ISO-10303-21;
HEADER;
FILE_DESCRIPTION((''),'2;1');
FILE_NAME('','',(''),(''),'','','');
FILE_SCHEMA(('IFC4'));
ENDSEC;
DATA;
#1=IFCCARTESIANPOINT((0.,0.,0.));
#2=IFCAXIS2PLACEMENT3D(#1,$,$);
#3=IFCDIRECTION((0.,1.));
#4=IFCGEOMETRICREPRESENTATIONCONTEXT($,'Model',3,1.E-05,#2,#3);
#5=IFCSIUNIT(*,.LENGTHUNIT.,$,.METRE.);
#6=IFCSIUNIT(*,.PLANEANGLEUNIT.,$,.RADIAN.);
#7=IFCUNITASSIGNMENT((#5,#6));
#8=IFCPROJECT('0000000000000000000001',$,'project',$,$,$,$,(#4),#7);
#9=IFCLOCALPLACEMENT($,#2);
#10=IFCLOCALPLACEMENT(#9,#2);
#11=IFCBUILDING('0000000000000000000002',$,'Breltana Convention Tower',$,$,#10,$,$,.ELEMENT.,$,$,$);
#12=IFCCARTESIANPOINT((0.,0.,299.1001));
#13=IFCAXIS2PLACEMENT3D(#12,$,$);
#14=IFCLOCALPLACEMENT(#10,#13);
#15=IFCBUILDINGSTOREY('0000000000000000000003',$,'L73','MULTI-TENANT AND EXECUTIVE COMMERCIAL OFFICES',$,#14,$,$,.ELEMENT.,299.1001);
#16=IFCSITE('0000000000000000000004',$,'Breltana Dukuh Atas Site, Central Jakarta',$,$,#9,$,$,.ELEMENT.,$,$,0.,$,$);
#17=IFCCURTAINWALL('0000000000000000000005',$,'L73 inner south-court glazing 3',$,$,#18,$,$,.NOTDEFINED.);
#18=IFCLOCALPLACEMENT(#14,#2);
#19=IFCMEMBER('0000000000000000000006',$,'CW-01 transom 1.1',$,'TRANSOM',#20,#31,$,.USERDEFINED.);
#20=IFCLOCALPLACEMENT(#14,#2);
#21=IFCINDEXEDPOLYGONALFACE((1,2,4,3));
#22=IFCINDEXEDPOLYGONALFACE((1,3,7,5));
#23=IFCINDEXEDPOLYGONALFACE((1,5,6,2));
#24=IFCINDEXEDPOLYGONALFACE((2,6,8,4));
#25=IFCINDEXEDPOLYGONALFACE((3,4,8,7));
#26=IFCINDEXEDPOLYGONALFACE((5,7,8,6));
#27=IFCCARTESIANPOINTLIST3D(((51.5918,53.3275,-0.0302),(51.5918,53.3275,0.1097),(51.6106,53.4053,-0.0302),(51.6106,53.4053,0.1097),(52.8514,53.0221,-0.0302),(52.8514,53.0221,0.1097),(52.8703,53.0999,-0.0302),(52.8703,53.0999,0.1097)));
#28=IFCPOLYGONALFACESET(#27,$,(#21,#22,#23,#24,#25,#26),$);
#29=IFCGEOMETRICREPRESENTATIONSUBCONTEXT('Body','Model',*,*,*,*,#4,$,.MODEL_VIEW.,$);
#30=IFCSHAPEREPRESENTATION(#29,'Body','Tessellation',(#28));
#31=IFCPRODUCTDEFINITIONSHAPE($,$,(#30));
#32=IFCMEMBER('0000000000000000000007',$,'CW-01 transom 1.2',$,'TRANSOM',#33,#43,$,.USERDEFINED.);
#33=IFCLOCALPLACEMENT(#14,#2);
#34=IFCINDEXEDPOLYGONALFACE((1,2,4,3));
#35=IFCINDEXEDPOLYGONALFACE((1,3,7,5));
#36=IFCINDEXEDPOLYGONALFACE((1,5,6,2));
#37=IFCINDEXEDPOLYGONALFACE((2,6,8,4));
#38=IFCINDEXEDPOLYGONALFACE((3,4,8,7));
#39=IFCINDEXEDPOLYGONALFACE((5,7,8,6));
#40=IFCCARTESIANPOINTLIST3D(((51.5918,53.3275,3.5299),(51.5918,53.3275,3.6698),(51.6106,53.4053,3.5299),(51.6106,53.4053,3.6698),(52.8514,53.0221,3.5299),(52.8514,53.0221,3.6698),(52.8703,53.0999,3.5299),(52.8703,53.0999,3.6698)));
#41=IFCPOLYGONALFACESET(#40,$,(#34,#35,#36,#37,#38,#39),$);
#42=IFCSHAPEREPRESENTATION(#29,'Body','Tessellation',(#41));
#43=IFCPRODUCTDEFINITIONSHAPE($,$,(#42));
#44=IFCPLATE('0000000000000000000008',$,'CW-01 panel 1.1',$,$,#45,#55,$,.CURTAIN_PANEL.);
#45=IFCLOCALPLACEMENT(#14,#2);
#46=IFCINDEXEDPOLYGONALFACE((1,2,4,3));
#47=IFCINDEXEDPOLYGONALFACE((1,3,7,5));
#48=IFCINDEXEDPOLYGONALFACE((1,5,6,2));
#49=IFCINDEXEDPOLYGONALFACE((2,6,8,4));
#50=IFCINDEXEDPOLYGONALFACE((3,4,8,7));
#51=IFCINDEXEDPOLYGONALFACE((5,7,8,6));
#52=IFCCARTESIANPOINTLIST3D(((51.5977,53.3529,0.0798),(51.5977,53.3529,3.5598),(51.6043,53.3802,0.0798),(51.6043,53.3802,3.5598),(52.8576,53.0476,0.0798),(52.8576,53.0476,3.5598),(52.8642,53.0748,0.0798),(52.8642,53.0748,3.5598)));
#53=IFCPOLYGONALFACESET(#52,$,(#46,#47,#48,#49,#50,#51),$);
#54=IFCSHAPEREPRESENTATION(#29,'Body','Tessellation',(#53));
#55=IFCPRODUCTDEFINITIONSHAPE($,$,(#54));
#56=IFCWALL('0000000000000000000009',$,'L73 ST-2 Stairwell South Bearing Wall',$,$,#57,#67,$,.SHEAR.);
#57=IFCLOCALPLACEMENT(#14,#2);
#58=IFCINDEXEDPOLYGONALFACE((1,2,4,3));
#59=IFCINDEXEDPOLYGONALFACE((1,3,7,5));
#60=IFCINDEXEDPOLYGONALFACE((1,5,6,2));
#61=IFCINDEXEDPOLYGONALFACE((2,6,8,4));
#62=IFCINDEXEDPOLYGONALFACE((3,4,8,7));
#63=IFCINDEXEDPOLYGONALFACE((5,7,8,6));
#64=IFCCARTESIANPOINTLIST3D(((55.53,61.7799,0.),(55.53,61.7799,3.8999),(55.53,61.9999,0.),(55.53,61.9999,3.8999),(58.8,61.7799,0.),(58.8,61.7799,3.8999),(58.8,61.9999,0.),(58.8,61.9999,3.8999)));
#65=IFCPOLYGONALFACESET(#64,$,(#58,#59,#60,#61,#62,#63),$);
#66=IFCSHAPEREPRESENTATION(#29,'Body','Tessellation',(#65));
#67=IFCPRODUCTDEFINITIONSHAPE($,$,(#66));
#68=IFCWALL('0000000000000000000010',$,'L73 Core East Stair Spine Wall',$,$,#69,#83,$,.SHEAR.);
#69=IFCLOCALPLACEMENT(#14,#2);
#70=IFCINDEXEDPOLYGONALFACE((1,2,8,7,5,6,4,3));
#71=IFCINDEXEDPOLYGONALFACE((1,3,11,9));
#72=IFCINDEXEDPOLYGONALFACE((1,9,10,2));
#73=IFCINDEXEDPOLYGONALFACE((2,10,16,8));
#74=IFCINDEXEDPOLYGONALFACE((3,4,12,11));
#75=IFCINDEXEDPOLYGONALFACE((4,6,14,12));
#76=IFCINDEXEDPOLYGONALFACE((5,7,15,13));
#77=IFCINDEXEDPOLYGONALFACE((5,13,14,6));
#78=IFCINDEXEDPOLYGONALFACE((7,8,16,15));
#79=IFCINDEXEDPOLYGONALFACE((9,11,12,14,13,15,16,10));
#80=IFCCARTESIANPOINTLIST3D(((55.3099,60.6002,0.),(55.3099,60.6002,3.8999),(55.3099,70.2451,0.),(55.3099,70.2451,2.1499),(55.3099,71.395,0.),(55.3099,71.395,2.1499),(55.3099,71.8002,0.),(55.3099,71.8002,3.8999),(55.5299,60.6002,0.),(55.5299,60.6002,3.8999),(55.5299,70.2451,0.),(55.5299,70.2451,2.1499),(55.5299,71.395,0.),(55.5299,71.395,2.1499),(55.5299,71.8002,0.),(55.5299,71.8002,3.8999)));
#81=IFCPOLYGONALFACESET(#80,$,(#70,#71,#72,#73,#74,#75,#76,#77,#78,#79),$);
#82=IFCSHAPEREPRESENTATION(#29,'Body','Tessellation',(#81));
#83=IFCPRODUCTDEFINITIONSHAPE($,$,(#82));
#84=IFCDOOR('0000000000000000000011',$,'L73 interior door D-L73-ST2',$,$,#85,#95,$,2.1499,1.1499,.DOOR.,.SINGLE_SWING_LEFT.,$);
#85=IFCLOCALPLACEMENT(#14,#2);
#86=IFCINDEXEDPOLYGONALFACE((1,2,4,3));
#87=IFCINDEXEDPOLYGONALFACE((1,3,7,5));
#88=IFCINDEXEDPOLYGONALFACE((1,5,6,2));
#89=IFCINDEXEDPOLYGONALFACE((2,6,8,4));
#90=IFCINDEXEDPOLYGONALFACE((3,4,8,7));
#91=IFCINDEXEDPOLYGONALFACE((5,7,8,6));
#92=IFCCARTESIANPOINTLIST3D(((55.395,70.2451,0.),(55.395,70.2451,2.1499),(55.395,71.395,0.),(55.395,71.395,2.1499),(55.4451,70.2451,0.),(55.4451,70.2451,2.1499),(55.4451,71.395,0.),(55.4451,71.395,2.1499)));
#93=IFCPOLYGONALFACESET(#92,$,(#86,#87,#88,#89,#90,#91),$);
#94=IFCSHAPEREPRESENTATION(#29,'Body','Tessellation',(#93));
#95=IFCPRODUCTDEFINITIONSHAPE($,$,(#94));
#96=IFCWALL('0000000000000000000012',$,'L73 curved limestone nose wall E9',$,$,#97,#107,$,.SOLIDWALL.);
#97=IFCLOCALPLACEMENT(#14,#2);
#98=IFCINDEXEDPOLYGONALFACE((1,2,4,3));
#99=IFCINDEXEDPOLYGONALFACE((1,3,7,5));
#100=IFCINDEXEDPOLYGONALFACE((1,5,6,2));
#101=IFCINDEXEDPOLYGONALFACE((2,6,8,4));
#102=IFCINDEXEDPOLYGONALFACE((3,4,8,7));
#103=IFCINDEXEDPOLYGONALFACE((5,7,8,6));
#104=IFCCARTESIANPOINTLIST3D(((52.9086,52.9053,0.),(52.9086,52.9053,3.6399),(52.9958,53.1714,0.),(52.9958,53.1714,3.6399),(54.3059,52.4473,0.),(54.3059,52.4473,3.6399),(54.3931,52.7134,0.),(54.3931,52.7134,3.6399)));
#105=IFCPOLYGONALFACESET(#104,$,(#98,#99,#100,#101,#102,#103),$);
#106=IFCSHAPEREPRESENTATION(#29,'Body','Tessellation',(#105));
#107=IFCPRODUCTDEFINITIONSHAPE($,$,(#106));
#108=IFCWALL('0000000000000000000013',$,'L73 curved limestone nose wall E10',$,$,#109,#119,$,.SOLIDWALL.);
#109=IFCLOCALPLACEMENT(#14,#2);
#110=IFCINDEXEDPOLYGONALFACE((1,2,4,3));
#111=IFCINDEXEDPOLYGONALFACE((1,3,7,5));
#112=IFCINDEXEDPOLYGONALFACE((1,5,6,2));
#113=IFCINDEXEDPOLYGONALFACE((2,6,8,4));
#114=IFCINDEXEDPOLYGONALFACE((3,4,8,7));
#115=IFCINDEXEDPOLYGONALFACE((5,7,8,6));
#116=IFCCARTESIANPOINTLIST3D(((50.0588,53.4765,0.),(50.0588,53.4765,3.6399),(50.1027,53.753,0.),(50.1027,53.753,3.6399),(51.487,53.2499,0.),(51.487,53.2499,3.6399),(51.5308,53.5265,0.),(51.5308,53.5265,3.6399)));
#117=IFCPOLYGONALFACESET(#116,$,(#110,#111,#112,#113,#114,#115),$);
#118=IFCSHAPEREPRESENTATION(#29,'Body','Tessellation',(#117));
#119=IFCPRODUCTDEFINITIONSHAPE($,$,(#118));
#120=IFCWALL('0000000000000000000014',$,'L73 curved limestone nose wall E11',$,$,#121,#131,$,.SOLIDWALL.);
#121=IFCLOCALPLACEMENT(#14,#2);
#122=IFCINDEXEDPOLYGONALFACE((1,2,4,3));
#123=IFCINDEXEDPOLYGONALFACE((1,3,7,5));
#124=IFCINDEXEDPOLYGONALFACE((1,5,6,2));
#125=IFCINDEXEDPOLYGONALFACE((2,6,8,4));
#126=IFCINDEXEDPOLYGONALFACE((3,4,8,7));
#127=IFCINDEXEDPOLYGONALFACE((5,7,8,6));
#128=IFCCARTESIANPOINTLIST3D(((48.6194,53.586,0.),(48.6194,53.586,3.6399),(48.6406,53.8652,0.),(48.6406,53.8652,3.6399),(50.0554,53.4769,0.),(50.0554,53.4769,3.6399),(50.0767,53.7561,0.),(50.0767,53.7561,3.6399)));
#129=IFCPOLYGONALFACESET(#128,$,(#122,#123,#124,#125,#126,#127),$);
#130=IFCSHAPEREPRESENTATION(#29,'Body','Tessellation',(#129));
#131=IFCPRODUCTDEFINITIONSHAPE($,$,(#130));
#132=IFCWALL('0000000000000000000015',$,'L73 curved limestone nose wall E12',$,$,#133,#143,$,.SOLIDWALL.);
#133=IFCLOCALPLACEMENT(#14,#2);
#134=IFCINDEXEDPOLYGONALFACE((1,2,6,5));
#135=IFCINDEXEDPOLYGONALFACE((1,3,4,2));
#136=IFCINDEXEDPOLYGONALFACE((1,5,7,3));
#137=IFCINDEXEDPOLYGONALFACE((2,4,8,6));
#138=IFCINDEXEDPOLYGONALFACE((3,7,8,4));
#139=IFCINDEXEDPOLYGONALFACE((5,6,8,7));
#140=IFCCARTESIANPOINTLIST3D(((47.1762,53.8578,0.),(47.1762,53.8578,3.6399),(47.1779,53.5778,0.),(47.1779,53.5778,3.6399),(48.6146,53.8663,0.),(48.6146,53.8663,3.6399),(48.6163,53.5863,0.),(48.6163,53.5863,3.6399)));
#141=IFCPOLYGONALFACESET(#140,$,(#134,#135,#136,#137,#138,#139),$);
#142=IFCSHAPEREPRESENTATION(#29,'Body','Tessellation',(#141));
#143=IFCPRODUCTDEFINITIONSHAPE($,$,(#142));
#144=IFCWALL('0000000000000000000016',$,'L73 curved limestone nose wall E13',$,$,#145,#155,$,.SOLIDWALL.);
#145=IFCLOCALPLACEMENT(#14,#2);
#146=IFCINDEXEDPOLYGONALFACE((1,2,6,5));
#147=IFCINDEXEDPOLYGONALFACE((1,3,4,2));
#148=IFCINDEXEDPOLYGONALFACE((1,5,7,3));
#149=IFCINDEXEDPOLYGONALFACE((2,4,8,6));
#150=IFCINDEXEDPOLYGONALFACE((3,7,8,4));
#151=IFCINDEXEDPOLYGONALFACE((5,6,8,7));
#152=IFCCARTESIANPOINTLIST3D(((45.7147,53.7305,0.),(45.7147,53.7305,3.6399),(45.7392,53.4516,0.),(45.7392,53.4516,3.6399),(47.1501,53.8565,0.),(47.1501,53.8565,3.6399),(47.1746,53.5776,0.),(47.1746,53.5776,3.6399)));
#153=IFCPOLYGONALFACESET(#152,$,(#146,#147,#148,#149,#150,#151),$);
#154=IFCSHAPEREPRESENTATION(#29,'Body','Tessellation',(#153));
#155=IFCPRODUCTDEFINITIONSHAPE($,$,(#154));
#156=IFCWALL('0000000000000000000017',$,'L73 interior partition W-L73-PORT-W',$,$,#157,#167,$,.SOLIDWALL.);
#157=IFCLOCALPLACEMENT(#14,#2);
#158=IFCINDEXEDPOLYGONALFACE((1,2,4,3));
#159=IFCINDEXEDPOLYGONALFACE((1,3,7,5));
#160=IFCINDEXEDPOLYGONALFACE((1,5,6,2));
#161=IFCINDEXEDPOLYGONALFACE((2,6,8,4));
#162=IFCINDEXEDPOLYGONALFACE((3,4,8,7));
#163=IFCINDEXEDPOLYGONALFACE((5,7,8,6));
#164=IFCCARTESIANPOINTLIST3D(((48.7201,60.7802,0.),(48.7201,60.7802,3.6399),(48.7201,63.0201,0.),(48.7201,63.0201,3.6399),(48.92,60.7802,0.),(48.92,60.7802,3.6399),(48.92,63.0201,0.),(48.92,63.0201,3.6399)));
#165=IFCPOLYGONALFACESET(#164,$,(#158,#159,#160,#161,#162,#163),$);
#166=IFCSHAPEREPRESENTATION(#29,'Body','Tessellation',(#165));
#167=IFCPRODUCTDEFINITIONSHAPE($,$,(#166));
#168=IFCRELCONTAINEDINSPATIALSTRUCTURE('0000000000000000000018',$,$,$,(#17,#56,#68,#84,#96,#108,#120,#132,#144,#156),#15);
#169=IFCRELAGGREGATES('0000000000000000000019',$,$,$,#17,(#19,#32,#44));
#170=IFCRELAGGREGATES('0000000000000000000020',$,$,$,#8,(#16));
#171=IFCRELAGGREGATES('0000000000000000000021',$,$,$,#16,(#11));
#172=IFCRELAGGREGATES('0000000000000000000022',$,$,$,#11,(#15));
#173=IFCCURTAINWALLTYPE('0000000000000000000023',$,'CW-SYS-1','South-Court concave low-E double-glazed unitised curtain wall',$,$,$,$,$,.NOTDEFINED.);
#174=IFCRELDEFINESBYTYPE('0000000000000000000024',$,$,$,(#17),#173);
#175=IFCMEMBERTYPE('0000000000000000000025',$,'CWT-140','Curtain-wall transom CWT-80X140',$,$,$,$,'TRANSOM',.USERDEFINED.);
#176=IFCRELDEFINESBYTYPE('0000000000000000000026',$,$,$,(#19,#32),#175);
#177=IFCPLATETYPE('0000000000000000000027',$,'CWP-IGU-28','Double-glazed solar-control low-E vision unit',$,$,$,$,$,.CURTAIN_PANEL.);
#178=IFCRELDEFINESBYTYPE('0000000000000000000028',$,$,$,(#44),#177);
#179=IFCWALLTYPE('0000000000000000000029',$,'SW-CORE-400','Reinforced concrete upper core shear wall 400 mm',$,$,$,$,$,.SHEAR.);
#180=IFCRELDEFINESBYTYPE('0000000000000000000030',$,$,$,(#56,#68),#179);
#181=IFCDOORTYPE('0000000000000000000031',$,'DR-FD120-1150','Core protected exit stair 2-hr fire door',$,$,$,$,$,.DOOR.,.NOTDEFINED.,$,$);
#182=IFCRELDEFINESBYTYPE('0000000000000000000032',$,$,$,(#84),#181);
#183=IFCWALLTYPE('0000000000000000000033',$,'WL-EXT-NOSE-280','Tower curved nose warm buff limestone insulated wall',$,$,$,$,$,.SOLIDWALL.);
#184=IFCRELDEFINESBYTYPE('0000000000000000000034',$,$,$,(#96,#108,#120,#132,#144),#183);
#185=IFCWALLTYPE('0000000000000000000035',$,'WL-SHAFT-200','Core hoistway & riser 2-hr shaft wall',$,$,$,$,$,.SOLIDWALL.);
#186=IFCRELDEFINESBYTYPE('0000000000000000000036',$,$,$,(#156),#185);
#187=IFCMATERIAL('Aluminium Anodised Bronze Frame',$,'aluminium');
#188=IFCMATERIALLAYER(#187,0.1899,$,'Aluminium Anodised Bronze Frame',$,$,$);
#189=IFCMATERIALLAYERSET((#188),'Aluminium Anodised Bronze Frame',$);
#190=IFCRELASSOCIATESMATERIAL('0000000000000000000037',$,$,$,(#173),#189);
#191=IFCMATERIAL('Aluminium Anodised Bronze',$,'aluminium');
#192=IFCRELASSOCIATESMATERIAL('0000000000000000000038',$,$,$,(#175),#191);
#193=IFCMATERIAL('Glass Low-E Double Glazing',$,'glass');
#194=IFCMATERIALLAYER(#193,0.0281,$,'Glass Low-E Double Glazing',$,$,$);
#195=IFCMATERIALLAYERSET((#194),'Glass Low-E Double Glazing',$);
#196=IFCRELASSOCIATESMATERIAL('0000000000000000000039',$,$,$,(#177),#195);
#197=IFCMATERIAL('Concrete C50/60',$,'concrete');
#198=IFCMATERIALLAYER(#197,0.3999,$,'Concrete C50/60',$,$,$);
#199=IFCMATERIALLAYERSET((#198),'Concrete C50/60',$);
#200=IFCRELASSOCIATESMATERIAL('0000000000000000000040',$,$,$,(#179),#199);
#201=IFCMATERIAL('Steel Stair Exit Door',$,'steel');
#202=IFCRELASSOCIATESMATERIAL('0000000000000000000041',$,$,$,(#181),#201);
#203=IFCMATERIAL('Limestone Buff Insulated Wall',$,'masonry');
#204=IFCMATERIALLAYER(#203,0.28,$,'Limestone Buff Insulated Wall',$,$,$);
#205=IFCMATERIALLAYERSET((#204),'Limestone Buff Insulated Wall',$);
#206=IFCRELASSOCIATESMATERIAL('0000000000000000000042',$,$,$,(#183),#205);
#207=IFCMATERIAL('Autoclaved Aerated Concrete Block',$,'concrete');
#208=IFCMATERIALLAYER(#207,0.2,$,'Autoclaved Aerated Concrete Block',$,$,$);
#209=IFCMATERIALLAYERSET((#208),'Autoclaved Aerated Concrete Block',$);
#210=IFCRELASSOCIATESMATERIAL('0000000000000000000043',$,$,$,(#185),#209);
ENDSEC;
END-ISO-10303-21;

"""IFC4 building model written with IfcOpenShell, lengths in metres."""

from ifc_helpers import new_model, si_unit, direction, frame, frame_2d, origin, origin_2d, place, context, subcontext, project, spatial, rectangle, extrude, source, transform, mapped, material, layer, layer_set, material_profile, profile_set, type_object, type_shapes, element, fill, aggregate, save


model = new_model("IFC4")

# Units and contexts
model_context = context("Model", 3, precision=1e-05, world=origin(), true_north=direction((0.0, 1.0)))
body_context = subcontext(model_context, "Body", "Model", "MODEL_VIEW")
ifc_project = project(units=[si_unit("LENGTHUNIT", "METRE"), si_unit("PLANEANGLEUNIT", "RADIAN")], contexts=[model_context])

# Site, building, storey
site_placement = place(None, origin())
site = spatial("IfcSite", under=ifc_project, at=site_placement, Name="Breltana Dukuh Atas Site, Central Jakarta", CompositionType="ELEMENT", RefElevation=0.0)
building_placement = place(site_placement, origin())
building = spatial("IfcBuilding", under=site, at=building_placement, Name="Breltana Convention Tower", CompositionType="ELEMENT")
storey_placement = place(building_placement, frame((0.0, 0.0, 299.1001)))
storey = spatial("IfcBuildingStorey", under=building, at=storey_placement, Name="L73", Description="MULTI-TENANT AND EXECUTIVE COMMERCIAL OFFICES", CompositionType="ELEMENT", Elevation=299.1001)

# Curtain wall
ifc_material_1 = material(Name="Aluminium Anodised Bronze Frame", Category="aluminium")
ifc_layer_1 = layer(ifc_material_1, 0.1899, Name="Aluminium Anodised Bronze Frame")
ifc_layer_set_1 = layer_set([ifc_layer_1], Name="Aluminium Anodised Bronze Frame")
curtain_wall_type = type_object("IfcCurtainWallType", Name="CW-SYS-1", Description="South-Court concave low-E double-glazed unitised curtain wall", PredefinedType="NOTDEFINED", material=ifc_layer_set_1)
curtain_wall_1_placement = place(storey_placement, origin())
curtain_wall_1 = element("IfcCurtainWall", 1, at=curtain_wall_1_placement, inside=storey, type_object=curtain_wall_type, Name="L73 inner south-court glazing 3", PredefinedType="NOTDEFINED")
ifc_material_2 = material(Name="Aluminium Anodised Bronze", Category="aluminium")

# Members
ifc_material_profile_1 = material_profile(ifc_material_2, rectangle(XDim=0.0801, YDim=0.1399, at=origin_2d()), Name="CWT-80X140")
ifc_profile_set_1 = profile_set([ifc_material_profile_1], Name="Aluminium Anodised Bronze")
member_type_1 = type_object("IfcMemberType", Name="CWT-140", Description="Curtain-wall transom CWT-80X140", ElementType="TRANSOM", PredefinedType="USERDEFINED", material=ifc_profile_set_1)
shared_shape_1 = source(origin(), body_context, "Body", "SweptSolid", [
    extrude(rectangle(XDim=0.0801, YDim=0.1399, at=origin_2d()), origin(), (0.0, 0.0, 1.0), 1.2961),
])
member_1_placement = place(storey_placement, frame((52.8608, 53.061, 0.0398), z_axis=(-0.971846, 0.235616, 0.0), x_axis=(-0.235616, -0.971846, 0.0)))
member_1 = element("IfcMember", 2, at=member_1_placement, type_object=member_type_1, Name="CW-01 transom 1.1", ObjectType="TRANSOM", PredefinedType="USERDEFINED", context=body_context, shape_type="MappedRepresentation", body=[
    mapped(shared_shape_1, transform((0.0, 0.0, 0.0), scale=1.0)),
])
member_2_placement = place(storey_placement, frame((52.8608, 53.061, 3.5999), z_axis=(-0.971846, 0.235616, 0.0), x_axis=(-0.235616, -0.971846, 0.0)))
member_2 = element("IfcMember", 3, at=member_2_placement, type_object=member_type_1, Name="CW-01 transom 1.2", ObjectType="TRANSOM", PredefinedType="USERDEFINED", context=body_context, shape_type="MappedRepresentation", body=[
    mapped(shared_shape_1, transform((0.0, 0.0, 0.0), scale=1.0)),
])

# Plate
ifc_material_3 = material(Name="Glass Low-E Double Glazing", Category="glass")
ifc_layer_2 = layer(ifc_material_3, 0.0281, Name="Glass Low-E Double Glazing")
ifc_layer_set_2 = layer_set([ifc_layer_2], Name="Glass Low-E Double Glazing")
plate_type = type_object("IfcPlateType", Name="CWP-IGU-28", Description="Double-glazed solar-control low-E vision unit", PredefinedType="CURTAIN_PANEL", material=ifc_layer_set_2)
shared_shape_2 = source(origin(), body_context, "Body", "SweptSolid", [
    extrude(rectangle(XDim=1.2964, YDim=0.0281, at=origin_2d()), origin(), (0.0, 0.0, 1.0), 3.48),
])
plate_placement = place(storey_placement, frame((52.231, 53.2139, 0.0798), z_axis=(0.0, 0.0, 1.0), x_axis=(-0.97187, 0.235517, 0.0)))
plate = element("IfcPlate", 4, at=plate_placement, type_object=plate_type, Name="CW-01 panel 1.1", PredefinedType="CURTAIN_PANEL", context=body_context, shape_type="MappedRepresentation", body=[
    mapped(shared_shape_2, transform((0.0, 0.0, 0.0), scale=1.0)),
])
aggregate(curtain_wall_1, [member_1, member_2, plate])

# Wall
ifc_material_4 = material(Name="Concrete C50/60", Category="concrete")
ifc_layer_3 = layer(ifc_material_4, 0.3999, Name="Concrete C50/60")
ifc_layer_set_3 = layer_set([ifc_layer_3], Name="Concrete C50/60")
wall_type_1 = type_object("IfcWallType", Name="SW-CORE-400", Description="Reinforced concrete upper core shear wall 400 mm", PredefinedType="SHEAR", material=ifc_layer_set_3)
shared_shape_3 = source(origin(), body_context, "Body", "SweptSolid", [
    extrude(rectangle(XDim=3.27, YDim=0.22, at=frame_2d((1.635, 0.0))), origin(), (0.0, 0.0, 1.0), 3.8999),
])
wall_1_placement = place(storey_placement, frame((55.53, 61.8899, 0.0), z_axis=(0.0, 0.0, 1.0), x_axis=(1.0, 0.0, 0.0)))
element("IfcWall", 5, at=wall_1_placement, inside=storey, type_object=wall_type_1, Name="L73 ST-2 Stairwell South Bearing Wall", PredefinedType="SHEAR", context=body_context, shape_type="MappedRepresentation", body=[
    mapped(shared_shape_3, transform((0.0, 0.0, 0.0), scale=1.0)),
])

# Wall, opening, door
shared_shape_4 = source(origin(), body_context, "Body", "SweptSolid", [
    extrude(rectangle(XDim=11.2, YDim=0.22, at=frame_2d((5.6001, 0.0))), origin(), (0.0, 0.0, 1.0), 3.8999),
])
wall_2_placement = place(storey_placement, frame((55.4199, 60.6001, 0.0), z_axis=(0.0, 0.0, 1.0), x_axis=(0.0, 1.0, 0.0)))
wall_2 = element("IfcWall", 6, at=wall_2_placement, inside=storey, type_object=wall_type_1, Name="L73 Core East Stair Spine Wall", PredefinedType="SHEAR", context=body_context, shape_type="MappedRepresentation", body=[
    mapped(shared_shape_4, transform((0.0, 0.0, 0.0), scale=1.0)),
])
opening_1_placement = place(wall_2_placement, frame((9.645, 0.0, 0.0)))
opening_1 = element("IfcOpeningElement", 7, at=opening_1_placement, cuts=wall_2, PredefinedType="OPENING", context=body_context, shape_type="SweptSolid", body=[
    extrude(rectangle(XDim=1.1499, YDim=2.1499, at=frame_2d((0.575, 1.075))), frame((0.0, 0.1201, 0.0), z_axis=(0.0, -1.0, 0.0), x_axis=(1.0, 0.0, 0.0)), (0.0, 0.0, 1.0), 0.24),
])
ifc_material_5 = material(Name="Steel Stair Exit Door", Category="steel")
door_type_1 = type_object("IfcDoorType", Name="DR-FD120-1150", Description="Core protected exit stair 2-hr fire door", OperationType="NOTDEFINED", PredefinedType="DOOR", material=ifc_material_5)
shared_shape_5 = source(origin(), body_context, "Body", "SweptSolid", [
    extrude(rectangle(XDim=1.1499, YDim=2.1499, at=frame_2d((0.575, 1.075))), frame((0.0, 0.0249, 0.0), z_axis=(0.0, -1.0, 0.0), x_axis=(1.0, 0.0, 0.0)), (0.0, 0.0, 1.0), 0.05),
])
type_shapes(door_type_1, [shared_shape_5])
door_1_placement = place(opening_1_placement, origin())
door_1 = element("IfcDoor", 8, at=door_1_placement, inside=storey, type_object=door_type_1, Name="L73 interior door D-L73-ST2", OperationType="SINGLE_SWING_LEFT", OverallHeight=2.1499, OverallWidth=1.1499, PredefinedType="DOOR", context=body_context, shape_type="MappedRepresentation", body=[
    mapped(shared_shape_5, transform((0.0, 0.0, 0.0), scale=1.0)),
])
fill(opening_1, door_1)

# Walls
ifc_material_6 = material(Name="Limestone Buff Insulated Wall", Category="masonry")
ifc_layer_4 = layer(ifc_material_6, 0.28, Name="Limestone Buff Insulated Wall")
ifc_layer_set_4 = layer_set([ifc_layer_4], Name="Limestone Buff Insulated Wall")
wall_type_2 = type_object("IfcWallType", Name="WL-EXT-NOSE-280", Description="Tower curved nose warm buff limestone insulated wall", PredefinedType="SOLIDWALL", material=ifc_layer_set_4)
shared_shape_6 = source(origin(), body_context, "Body", "SweptSolid", [
    extrude(rectangle(XDim=1.4705, YDim=0.28, at=frame_2d((0.7354, 0.0))), origin(), (0.0, 0.0, 1.0), 3.6399),
])
wall_3_placement = place(storey_placement, frame((54.3496, 52.5803, 0.0), z_axis=(0.0, 0.0, 1.0), x_axis=(-0.950249, 0.311492, 0.0)))
element("IfcWall", 9, at=wall_3_placement, inside=storey, type_object=wall_type_2, Name="L73 curved limestone nose wall E9", PredefinedType="SOLIDWALL", context=body_context, shape_type="MappedRepresentation", body=[
    mapped(shared_shape_6, transform((0.0, 0.0, 0.0), scale=1.0)),
])
shared_shape_7 = source(origin(), body_context, "Body", "SweptSolid", [
    extrude(rectangle(XDim=1.446, YDim=0.28, at=frame_2d((0.7231, 0.0))), origin(), (0.0, 0.0, 1.0), 3.6399),
])
wall_4_placement = place(storey_placement, frame((51.509, 53.3882, 0.0), z_axis=(0.0, 0.0, 1.0), x_axis=(-0.98765, 0.156673, 0.0)))
element("IfcWall", 10, at=wall_4_placement, inside=storey, type_object=wall_type_2, Name="L73 curved limestone nose wall E10", PredefinedType="SOLIDWALL", context=body_context, shape_type="MappedRepresentation", body=[
    mapped(shared_shape_7, transform((0.0, 0.0, 0.0), scale=1.0)),
])
shared_shape_8 = source(origin(), body_context, "Body", "SweptSolid", [
    extrude(rectangle(XDim=1.4402, YDim=0.28, at=frame_2d((0.7202, 0.0))), origin(), (0.0, 0.0, 1.0), 3.6399),
])
wall_5_placement = place(storey_placement, frame((50.0662, 53.6165, 0.0), z_axis=(0.0, 0.0, 1.0), x_axis=(-0.997125, 0.075776, 0.0)))
element("IfcWall", 11, at=wall_5_placement, inside=storey, type_object=wall_type_2, Name="L73 curved limestone nose wall E11", PredefinedType="SOLIDWALL", context=body_context, shape_type="MappedRepresentation", body=[
    mapped(shared_shape_8, transform((0.0, 0.0, 0.0), scale=1.0)),
])
shared_shape_9 = source(origin(), body_context, "Body", "SweptSolid", [
    extrude(rectangle(XDim=1.4385, YDim=0.28, at=frame_2d((0.7192, 0.0))), origin(), (0.0, 0.0, 1.0), 3.6399),
])
wall_6_placement = place(storey_placement, frame((48.6155, 53.7263, 0.0), z_axis=(0.0, 0.0, 1.0), x_axis=(-0.999982, -0.00594, 0.0)))
element("IfcWall", 12, at=wall_6_placement, inside=storey, type_object=wall_type_2, Name="L73 curved limestone nose wall E12", PredefinedType="SOLIDWALL", context=body_context, shape_type="MappedRepresentation", body=[
    mapped(shared_shape_9, transform((0.0, 0.0, 0.0), scale=1.0)),
])
shared_shape_10 = source(origin(), body_context, "Body", "SweptSolid", [
    extrude(rectangle(XDim=1.4409, YDim=0.28, at=frame_2d((0.7205, 0.0))), origin(), (0.0, 0.0, 1.0), 3.6399),
])
wall_7_placement = place(storey_placement, frame((47.1624, 53.717, 0.0), z_axis=(0.0, 0.0, 1.0), x_axis=(-0.99617, -0.087434, 0.0)))
element("IfcWall", 13, at=wall_7_placement, inside=storey, type_object=wall_type_2, Name="L73 curved limestone nose wall E13", PredefinedType="SOLIDWALL", context=body_context, shape_type="MappedRepresentation", body=[
    mapped(shared_shape_10, transform((0.0, 0.0, 0.0), scale=1.0)),
])
ifc_material_7 = material(Name="Autoclaved Aerated Concrete Block", Category="concrete")
ifc_layer_5 = layer(ifc_material_7, 0.2, Name="Autoclaved Aerated Concrete Block")
ifc_layer_set_5 = layer_set([ifc_layer_5], Name="Autoclaved Aerated Concrete Block")
wall_type_3 = type_object("IfcWallType", Name="WL-SHAFT-200", Description="Core hoistway & riser 2-hr shaft wall", PredefinedType="SOLIDWALL", material=ifc_layer_set_5)
shared_shape_11 = source(origin(), body_context, "Body", "SweptSolid", [
    extrude(rectangle(XDim=2.24, YDim=0.2, at=frame_2d((1.1201, 0.0))), origin(), (0.0, 0.0, 1.0), 3.6399),
])
for number, where, z_axis, x_axis, name in (
    (14, (48.8201, 60.78, 0.0), (0.0, 0.0, 1.0), (0.0, 1.0, 0.0), "L73 interior partition W-L73-PORT-W"),
):
    element("IfcWall", number, at=place(storey_placement, frame(where, z_axis=z_axis, x_axis=x_axis)), inside=storey, type_object=wall_type_3, Name=name, PredefinedType="SOLIDWALL", context=body_context, shape_type="MappedRepresentation", body=[
        mapped(shared_shape_11, transform((0.0, 0.0, 0.0), scale=1.0)),
    ])

save(model, "model.ifc")
